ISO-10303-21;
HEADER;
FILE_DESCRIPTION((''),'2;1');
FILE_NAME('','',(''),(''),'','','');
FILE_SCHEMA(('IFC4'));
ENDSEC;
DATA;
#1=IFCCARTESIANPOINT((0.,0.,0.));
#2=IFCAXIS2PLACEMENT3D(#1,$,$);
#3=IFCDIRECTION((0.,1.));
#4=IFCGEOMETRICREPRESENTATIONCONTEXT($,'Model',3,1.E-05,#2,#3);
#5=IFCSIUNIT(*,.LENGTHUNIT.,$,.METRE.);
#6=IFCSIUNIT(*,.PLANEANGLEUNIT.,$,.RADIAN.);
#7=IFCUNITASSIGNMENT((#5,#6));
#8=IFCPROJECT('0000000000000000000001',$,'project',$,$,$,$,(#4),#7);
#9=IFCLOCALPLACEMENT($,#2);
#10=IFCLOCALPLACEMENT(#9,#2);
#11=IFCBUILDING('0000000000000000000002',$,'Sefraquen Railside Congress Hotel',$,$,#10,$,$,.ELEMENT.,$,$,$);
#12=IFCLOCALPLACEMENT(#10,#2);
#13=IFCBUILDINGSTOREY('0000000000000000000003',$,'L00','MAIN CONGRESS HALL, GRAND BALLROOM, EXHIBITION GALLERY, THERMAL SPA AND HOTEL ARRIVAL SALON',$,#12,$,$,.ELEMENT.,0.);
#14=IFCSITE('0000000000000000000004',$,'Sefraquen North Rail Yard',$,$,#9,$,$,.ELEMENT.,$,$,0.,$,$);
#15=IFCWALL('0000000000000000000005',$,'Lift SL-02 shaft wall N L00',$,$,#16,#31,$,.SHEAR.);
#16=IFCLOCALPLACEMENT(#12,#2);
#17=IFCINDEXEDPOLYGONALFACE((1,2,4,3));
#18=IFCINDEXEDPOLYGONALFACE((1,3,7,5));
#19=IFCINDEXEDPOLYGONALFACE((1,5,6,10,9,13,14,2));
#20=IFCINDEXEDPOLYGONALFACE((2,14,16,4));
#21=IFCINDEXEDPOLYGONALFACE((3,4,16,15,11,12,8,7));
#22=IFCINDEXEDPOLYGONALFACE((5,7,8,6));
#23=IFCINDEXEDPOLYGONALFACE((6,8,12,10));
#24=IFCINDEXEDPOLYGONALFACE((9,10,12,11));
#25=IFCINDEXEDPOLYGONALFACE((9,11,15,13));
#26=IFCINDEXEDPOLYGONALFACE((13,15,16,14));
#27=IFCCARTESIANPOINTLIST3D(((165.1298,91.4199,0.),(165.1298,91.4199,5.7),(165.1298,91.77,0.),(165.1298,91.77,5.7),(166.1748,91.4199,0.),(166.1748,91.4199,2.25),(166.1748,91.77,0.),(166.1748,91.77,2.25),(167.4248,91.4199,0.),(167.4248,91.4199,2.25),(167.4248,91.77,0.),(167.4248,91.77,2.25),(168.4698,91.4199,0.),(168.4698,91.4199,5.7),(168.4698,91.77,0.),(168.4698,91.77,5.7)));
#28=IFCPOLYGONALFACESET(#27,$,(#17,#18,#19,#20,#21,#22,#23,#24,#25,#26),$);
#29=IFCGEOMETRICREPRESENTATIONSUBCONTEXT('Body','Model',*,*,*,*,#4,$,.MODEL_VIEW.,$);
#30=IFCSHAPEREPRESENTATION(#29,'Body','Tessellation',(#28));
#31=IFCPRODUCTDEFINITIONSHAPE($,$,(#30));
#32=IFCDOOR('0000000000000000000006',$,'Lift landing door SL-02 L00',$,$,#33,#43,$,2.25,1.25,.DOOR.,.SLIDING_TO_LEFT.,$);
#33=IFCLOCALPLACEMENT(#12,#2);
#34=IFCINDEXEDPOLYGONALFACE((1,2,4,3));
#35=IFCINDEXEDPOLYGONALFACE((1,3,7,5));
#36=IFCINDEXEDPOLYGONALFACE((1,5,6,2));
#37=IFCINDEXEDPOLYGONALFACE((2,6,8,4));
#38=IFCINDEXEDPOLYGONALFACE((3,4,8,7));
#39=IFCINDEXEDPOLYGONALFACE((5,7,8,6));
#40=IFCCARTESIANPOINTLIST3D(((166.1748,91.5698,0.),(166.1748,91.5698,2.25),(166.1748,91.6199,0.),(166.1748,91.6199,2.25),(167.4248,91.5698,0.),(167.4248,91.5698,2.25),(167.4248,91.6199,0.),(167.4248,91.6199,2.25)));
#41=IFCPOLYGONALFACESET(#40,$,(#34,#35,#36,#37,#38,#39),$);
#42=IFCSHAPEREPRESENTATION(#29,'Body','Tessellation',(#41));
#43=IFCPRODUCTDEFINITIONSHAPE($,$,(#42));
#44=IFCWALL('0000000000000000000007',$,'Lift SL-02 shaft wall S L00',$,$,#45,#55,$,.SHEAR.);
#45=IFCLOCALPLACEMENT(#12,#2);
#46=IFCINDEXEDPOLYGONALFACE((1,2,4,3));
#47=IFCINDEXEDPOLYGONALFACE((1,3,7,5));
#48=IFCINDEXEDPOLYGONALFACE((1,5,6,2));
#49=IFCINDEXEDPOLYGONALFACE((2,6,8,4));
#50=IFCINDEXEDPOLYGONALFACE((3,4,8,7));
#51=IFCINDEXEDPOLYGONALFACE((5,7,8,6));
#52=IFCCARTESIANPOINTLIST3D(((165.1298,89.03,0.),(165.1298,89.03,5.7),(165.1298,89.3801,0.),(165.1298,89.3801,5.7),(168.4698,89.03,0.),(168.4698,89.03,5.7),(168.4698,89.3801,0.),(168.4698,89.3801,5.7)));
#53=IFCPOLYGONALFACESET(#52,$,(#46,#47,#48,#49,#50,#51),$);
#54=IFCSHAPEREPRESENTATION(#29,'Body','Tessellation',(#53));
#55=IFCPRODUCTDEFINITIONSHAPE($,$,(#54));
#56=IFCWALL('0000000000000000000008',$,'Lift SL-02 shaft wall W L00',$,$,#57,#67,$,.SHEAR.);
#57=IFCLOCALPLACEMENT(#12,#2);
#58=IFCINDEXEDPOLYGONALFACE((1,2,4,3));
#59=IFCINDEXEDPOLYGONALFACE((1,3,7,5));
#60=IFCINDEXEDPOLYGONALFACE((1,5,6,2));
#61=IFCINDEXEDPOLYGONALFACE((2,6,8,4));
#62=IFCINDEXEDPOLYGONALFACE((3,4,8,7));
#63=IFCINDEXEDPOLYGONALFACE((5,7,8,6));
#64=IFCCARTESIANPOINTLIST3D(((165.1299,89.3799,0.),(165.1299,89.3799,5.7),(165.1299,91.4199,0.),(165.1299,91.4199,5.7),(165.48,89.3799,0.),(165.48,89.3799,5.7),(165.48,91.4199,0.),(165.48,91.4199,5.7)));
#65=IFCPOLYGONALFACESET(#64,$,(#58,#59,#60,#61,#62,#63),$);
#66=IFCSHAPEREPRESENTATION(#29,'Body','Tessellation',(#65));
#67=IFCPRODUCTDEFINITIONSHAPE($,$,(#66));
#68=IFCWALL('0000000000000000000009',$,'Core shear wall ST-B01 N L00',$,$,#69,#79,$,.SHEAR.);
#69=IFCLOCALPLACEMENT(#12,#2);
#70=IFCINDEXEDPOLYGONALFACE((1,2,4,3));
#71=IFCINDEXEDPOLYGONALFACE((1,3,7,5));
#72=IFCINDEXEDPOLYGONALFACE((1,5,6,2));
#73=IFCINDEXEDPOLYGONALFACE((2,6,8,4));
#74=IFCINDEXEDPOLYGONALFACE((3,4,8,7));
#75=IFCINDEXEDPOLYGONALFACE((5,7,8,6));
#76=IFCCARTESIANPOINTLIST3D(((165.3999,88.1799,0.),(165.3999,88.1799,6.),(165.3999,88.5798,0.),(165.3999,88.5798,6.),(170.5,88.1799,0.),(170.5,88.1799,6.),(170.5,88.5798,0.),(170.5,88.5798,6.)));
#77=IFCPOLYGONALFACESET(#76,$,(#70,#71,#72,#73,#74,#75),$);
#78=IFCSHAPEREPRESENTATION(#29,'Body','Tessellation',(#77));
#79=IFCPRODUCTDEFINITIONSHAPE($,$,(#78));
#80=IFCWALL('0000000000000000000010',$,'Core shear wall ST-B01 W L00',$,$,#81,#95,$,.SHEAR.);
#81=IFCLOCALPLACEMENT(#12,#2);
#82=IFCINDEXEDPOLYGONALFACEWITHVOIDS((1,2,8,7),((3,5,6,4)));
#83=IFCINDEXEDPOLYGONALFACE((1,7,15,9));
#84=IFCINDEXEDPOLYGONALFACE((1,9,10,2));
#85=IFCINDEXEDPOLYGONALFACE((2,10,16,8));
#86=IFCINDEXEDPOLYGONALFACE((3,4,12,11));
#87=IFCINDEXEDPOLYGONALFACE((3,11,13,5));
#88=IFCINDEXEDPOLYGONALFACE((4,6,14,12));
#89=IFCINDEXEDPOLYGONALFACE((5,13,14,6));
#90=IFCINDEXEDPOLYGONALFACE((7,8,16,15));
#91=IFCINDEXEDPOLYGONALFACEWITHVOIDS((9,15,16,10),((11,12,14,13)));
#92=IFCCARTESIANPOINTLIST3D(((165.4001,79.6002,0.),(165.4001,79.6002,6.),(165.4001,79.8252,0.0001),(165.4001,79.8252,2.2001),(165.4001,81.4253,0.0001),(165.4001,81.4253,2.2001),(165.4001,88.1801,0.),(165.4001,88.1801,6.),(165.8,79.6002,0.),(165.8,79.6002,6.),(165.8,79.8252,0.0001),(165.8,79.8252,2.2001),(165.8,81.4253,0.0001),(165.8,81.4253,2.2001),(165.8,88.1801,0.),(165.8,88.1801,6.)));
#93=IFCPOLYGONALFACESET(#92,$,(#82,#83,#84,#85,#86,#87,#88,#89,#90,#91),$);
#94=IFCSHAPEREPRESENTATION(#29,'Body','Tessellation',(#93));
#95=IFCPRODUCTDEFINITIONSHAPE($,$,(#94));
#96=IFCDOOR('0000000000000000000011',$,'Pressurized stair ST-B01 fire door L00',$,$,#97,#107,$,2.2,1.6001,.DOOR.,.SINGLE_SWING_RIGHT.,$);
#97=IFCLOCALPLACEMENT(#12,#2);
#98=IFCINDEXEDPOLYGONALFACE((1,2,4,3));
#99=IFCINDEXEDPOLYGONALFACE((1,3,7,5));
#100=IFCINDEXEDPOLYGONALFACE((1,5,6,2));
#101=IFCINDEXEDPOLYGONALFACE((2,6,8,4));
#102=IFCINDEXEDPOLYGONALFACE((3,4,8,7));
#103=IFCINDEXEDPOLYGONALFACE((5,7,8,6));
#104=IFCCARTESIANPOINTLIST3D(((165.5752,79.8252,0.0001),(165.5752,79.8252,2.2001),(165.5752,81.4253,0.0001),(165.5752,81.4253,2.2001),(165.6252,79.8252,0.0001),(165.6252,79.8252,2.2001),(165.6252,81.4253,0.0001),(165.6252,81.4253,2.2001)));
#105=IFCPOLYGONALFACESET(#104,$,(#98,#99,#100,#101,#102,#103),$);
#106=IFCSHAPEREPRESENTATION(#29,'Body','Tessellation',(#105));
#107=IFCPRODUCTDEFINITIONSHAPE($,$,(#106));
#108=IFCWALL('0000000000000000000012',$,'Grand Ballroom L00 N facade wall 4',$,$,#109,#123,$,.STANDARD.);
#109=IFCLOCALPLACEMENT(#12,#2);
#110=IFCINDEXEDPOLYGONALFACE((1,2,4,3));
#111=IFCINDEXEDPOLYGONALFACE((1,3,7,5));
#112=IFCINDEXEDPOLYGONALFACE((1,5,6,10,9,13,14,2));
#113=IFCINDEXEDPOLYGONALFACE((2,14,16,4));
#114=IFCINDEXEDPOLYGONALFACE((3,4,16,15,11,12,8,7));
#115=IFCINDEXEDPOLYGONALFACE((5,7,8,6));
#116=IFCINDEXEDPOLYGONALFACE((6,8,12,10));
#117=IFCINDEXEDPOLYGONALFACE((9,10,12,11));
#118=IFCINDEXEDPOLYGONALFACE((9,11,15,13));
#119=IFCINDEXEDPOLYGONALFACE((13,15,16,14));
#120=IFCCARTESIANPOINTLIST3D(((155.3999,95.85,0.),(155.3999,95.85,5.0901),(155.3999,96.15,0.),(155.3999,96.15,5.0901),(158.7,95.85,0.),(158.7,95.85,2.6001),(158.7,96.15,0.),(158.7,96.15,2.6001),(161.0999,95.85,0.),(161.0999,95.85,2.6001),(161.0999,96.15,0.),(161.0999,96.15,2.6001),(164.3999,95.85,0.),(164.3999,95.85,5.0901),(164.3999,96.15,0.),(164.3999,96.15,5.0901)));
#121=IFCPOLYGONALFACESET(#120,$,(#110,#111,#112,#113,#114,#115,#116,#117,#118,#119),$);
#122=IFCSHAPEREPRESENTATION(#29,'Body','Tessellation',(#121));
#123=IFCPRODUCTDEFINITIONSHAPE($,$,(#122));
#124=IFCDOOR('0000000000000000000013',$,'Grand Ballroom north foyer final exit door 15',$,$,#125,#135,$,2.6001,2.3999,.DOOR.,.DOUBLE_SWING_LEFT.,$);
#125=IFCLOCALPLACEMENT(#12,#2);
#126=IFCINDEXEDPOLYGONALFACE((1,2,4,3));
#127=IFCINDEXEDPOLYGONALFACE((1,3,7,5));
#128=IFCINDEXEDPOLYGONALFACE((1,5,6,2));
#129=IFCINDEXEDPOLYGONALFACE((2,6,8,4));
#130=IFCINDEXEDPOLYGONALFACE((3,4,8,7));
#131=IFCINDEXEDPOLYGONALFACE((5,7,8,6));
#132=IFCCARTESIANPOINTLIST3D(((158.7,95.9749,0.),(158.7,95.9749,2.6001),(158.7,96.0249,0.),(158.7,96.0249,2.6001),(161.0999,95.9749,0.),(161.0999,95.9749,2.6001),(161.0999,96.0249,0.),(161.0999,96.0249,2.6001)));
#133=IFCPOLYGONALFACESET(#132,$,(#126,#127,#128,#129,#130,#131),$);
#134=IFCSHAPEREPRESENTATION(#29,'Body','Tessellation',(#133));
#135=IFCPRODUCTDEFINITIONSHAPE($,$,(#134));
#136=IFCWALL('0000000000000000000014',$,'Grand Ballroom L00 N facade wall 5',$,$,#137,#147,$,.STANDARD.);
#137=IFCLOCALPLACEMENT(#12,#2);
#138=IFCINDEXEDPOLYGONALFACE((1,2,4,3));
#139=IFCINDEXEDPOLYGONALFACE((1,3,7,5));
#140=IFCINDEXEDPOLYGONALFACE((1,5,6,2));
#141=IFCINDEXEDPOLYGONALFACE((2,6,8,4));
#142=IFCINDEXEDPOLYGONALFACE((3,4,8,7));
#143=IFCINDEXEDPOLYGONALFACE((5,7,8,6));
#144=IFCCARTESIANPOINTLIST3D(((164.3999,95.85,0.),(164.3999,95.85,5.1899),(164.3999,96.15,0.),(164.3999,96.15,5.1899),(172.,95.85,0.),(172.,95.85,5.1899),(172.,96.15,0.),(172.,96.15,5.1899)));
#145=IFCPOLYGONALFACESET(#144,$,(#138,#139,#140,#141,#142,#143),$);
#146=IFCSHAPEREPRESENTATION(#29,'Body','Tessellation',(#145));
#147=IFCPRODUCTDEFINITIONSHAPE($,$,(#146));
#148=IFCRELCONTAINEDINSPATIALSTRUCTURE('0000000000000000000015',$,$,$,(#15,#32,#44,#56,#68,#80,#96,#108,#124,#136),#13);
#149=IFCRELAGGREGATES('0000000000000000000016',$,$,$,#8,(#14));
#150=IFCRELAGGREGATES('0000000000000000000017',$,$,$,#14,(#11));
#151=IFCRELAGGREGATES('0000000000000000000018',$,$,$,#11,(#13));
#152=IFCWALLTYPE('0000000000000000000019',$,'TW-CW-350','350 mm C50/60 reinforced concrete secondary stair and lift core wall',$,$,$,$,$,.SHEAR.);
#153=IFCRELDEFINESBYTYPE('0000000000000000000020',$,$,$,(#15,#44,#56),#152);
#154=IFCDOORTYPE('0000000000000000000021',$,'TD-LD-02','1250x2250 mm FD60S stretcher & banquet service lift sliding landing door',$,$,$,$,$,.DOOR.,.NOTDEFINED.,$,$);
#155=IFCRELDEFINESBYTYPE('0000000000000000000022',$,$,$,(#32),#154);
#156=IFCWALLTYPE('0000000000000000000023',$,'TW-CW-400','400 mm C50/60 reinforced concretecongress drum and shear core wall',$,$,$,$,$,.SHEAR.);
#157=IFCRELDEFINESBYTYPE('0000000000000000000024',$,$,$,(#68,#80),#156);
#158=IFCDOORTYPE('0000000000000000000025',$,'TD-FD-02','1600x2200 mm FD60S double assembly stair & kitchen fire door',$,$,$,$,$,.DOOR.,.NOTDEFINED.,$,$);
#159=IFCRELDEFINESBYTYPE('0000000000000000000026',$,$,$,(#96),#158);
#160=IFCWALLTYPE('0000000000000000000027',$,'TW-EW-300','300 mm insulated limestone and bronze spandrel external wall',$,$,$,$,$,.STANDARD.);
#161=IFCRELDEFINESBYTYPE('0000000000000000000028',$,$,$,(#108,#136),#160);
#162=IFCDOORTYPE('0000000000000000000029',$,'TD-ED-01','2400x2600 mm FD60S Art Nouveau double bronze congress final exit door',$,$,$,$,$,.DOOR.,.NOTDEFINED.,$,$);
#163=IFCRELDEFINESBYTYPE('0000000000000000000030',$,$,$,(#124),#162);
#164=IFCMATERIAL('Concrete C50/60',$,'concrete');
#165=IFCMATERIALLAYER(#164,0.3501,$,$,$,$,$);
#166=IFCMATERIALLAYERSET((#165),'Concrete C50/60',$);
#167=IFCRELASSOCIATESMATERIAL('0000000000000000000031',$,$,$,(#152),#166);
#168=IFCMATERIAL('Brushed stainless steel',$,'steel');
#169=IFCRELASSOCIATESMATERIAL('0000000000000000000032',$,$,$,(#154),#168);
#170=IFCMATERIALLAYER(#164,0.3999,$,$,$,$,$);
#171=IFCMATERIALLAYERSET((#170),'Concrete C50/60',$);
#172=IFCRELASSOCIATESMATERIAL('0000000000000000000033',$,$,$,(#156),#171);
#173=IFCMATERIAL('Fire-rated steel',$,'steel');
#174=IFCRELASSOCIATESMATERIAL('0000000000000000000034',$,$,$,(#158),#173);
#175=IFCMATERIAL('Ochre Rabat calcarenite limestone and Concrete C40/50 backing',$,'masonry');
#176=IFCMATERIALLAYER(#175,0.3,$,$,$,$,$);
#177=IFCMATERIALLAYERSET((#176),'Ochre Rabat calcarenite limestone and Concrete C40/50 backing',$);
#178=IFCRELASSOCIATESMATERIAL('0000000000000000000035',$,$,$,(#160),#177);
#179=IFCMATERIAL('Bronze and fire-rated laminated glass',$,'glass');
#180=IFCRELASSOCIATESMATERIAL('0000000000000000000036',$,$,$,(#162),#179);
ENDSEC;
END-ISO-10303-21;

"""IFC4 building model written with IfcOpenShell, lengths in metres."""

from ifc_helpers import new_model, si_unit, direction, frame, frame_2d, origin, place, context, subcontext, project, spatial, rectangle, extrude, material, layer, layer_set, type_object, element, fill, save


model = new_model("IFC4")

# Units and contexts
model_context = context("Model", 3, precision=1e-05, world=origin(), true_north=direction((0.0, 1.0)))
body_context = subcontext(model_context, "Body", "Model", "MODEL_VIEW")
ifc_project = project(units=[si_unit("LENGTHUNIT", "METRE"), si_unit("PLANEANGLEUNIT", "RADIAN")], contexts=[model_context])

# Site, building, storey
site_placement = place(None, origin())
site = spatial("IfcSite", under=ifc_project, at=site_placement, Name="Sefraquen North Rail Yard", CompositionType="ELEMENT", RefElevation=0.0)
building_placement = place(site_placement, origin())
building = spatial("IfcBuilding", under=site, at=building_placement, Name="Sefraquen Railside Congress Hotel", CompositionType="ELEMENT")
storey_placement = place(building_placement, origin())
storey = spatial("IfcBuildingStorey", under=building, at=storey_placement, Name="L00", Description="MAIN CONGRESS HALL, GRAND BALLROOM, EXHIBITION GALLERY, THERMAL SPA AND HOTEL ARRIVAL SALON", CompositionType="ELEMENT", Elevation=0.0)

# Wall, opening, door
ifc_material_1 = material(Name="Concrete C50/60", Category="concrete")
ifc_layer_1 = layer(ifc_material_1, 0.3501)
ifc_layer_set_1 = layer_set([ifc_layer_1], Name="Concrete C50/60")
wall_type_1 = type_object("IfcWallType", Name="TW-CW-350", Description="350 mm C50/60 reinforced concrete secondary stair and lift core wall", PredefinedType="SHEAR", material=ifc_layer_set_1)
wall_1_placement = place(storey_placement, frame((165.1299, 91.595, 0.0), z_axis=(0.0, 0.0, 1.0), x_axis=(1.0, 0.0, 0.0)))
wall_1 = element("IfcWall", 1, at=wall_1_placement, inside=storey, type_object=wall_type_1, Name="Lift SL-02 shaft wall N L00", PredefinedType="SHEAR", context=body_context, shape_type="SweptSolid", body=[
    extrude(rectangle(XDim=3.3401, YDim=0.3501, at=frame_2d((1.6699, 0.0))), origin(), (0.0, 0.0, 1.0), 5.7),
])
opening_1_placement = place(wall_1_placement, frame((1.0449, 0.0, 0.0)))
opening_1 = element("IfcOpeningElement", 2, at=opening_1_placement, cuts=wall_1, PredefinedType="OPENING", context=body_context, shape_type="SweptSolid", body=[
    extrude(rectangle(XDim=1.25, YDim=2.25, at=frame_2d((0.625, 1.125))), frame((0.0, 0.1851, 0.0), z_axis=(0.0, -1.0, 0.0), x_axis=(1.0, 0.0, 0.0)), (0.0, 0.0, 1.0), 0.3701),
])
ifc_material_2 = material(Name="Brushed stainless steel", Category="steel")
door_type_1 = type_object("IfcDoorType", Name="TD-LD-02", Description="1250x2250 mm FD60S stretcher & banquet service lift sliding landing door", OperationType="NOTDEFINED", PredefinedType="DOOR", material=ifc_material_2)
door_1_placement = place(opening_1_placement, origin())
door_1 = element("IfcDoor", 3, at=door_1_placement, inside=storey, type_object=door_type_1, Name="Lift landing door SL-02 L00", OperationType="SLIDING_TO_LEFT", OverallHeight=2.25, OverallWidth=1.25, PredefinedType="DOOR", context=body_context, shape_type="SweptSolid", body=[
    extrude(rectangle(XDim=1.25, YDim=2.25, at=frame_2d((0.625, 1.125))), frame((0.0, 0.0249, 0.0), z_axis=(0.0, -1.0, 0.0), x_axis=(1.0, 0.0, 0.0)), (0.0, 0.0, 1.0), 0.05),
])
fill(opening_1, door_1)

# Walls
wall_2_placement = place(storey_placement, frame((165.1299, 89.2051, 0.0), z_axis=(0.0, 0.0, 1.0), x_axis=(1.0, 0.0, 0.0)))
element("IfcWall", 4, at=wall_2_placement, inside=storey, type_object=wall_type_1, Name="Lift SL-02 shaft wall S L00", PredefinedType="SHEAR", context=body_context, shape_type="SweptSolid", body=[
    extrude(rectangle(XDim=3.3401, YDim=0.3501, at=frame_2d((1.6699, 0.0))), origin(), (0.0, 0.0, 1.0), 5.7),
])
wall_3_placement = place(storey_placement, frame((165.3049, 89.3799, 0.0), z_axis=(0.0, 0.0, 1.0), x_axis=(0.0, 1.0, 0.0)))
element("IfcWall", 5, at=wall_3_placement, inside=storey, type_object=wall_type_1, Name="Lift SL-02 shaft wall W L00", PredefinedType="SHEAR", context=body_context, shape_type="SweptSolid", body=[
    extrude(rectangle(XDim=2.04, YDim=0.3501, at=frame_2d((1.02, 0.0))), origin(), (0.0, 0.0, 1.0), 5.7),
])
ifc_layer_2 = layer(ifc_material_1, 0.3999)
ifc_layer_set_2 = layer_set([ifc_layer_2], Name="Concrete C50/60")
wall_type_2 = type_object("IfcWallType", Name="TW-CW-400", Description="400 mm C50/60 reinforced concretecongress drum and shear core wall", PredefinedType="SHEAR", material=ifc_layer_set_2)
wall_4_placement = place(storey_placement, frame((165.3999, 88.3799, 0.0), z_axis=(0.0, 0.0, 1.0), x_axis=(1.0, 0.0, 0.0)))
element("IfcWall", 6, at=wall_4_placement, inside=storey, type_object=wall_type_2, Name="Core shear wall ST-B01 N L00", PredefinedType="SHEAR", context=body_context, shape_type="SweptSolid", body=[
    extrude(rectangle(XDim=5.1001, YDim=0.3999, at=frame_2d((2.55, 0.0))), origin(), (0.0, 0.0, 1.0), 6.0),
])

# Walls, openings, doors
wall_5_placement = place(storey_placement, frame((165.6001, 79.6001, 0.0), z_axis=(0.0, 0.0, 1.0), x_axis=(0.0, 1.0, 0.0)))
wall_5 = element("IfcWall", 7, at=wall_5_placement, inside=storey, type_object=wall_type_2, Name="Core shear wall ST-B01 W L00", PredefinedType="SHEAR", context=body_context, shape_type="SweptSolid", body=[
    extrude(rectangle(XDim=8.5798, YDim=0.3999, at=frame_2d((4.29, 0.0))), origin(), (0.0, 0.0, 1.0), 6.0),
])
opening_2_placement = place(wall_5_placement, frame((0.2251, 0.0, 0.0)))
opening_2 = element("IfcOpeningElement", 8, at=opening_2_placement, cuts=wall_5, PredefinedType="OPENING", context=body_context, shape_type="SweptSolid", body=[
    extrude(rectangle(XDim=1.6001, YDim=2.2, at=frame_2d((0.8, 1.1001))), frame((0.0, 0.21, 0.0), z_axis=(0.0, -1.0, 0.0), x_axis=(1.0, 0.0, 0.0)), (0.0, 0.0, 1.0), 0.4199),
])
ifc_material_3 = material(Name="Fire-rated steel", Category="steel")
door_type_2 = type_object("IfcDoorType", Name="TD-FD-02", Description="1600x2200 mm FD60S double assembly stair & kitchen fire door", OperationType="NOTDEFINED", PredefinedType="DOOR", material=ifc_material_3)
door_2_placement = place(opening_2_placement, origin())
door_2 = element("IfcDoor", 9, at=door_2_placement, inside=storey, type_object=door_type_2, Name="Pressurized stair ST-B01 fire door L00", OperationType="SINGLE_SWING_RIGHT", OverallHeight=2.2, OverallWidth=1.6001, PredefinedType="DOOR", context=body_context, shape_type="SweptSolid", body=[
    extrude(rectangle(XDim=1.6001, YDim=2.2, at=frame_2d((0.8, 1.1001))), frame((0.0, 0.0249, 0.0), z_axis=(0.0, -1.0, 0.0), x_axis=(1.0, 0.0, 0.0)), (0.0, 0.0, 1.0), 0.05),
])
fill(opening_2, door_2)
ifc_material_4 = material(Name="Ochre Rabat calcarenite limestone and Concrete C40/50 backing", Category="masonry")
ifc_layer_3 = layer(ifc_material_4, 0.3)
ifc_layer_set_3 = layer_set([ifc_layer_3], Name="Ochre Rabat calcarenite limestone and Concrete C40/50 backing")
wall_type_3 = type_object("IfcWallType", Name="TW-EW-300", Description="300 mm insulated limestone and bronze spandrel external wall", PredefinedType="STANDARD", material=ifc_layer_set_3)
wall_6_placement = place(storey_placement, frame((155.3999, 96.0, 0.0), z_axis=(0.0, 0.0, 1.0), x_axis=(1.0, 0.0, 0.0)))
wall_6 = element("IfcWall", 10, at=wall_6_placement, inside=storey, type_object=wall_type_3, Name="Grand Ballroom L00 N facade wall 4", PredefinedType="STANDARD", context=body_context, shape_type="SweptSolid", body=[
    extrude(rectangle(XDim=9.0, YDim=0.3, at=frame_2d((4.5, 0.0))), origin(), (0.0, 0.0, 1.0), 5.0901),
])
opening_3_placement = place(wall_6_placement, frame((3.3, 0.0, 0.0)))
opening_3 = element("IfcOpeningElement", 11, at=opening_3_placement, cuts=wall_6, PredefinedType="OPENING", context=body_context, shape_type="SweptSolid", body=[
    extrude(rectangle(XDim=2.3999, YDim=2.6001, at=frame_2d((1.2, 1.3))), frame((0.0, 0.1599, 0.0), z_axis=(0.0, -1.0, 0.0), x_axis=(1.0, 0.0, 0.0)), (0.0, 0.0, 1.0), 0.3201),
])
ifc_material_5 = material(Name="Bronze and fire-rated laminated glass", Category="glass")
door_type_3 = type_object("IfcDoorType", Name="TD-ED-01", Description="2400x2600 mm FD60S Art Nouveau double bronze congress final exit door", OperationType="NOTDEFINED", PredefinedType="DOOR", material=ifc_material_5)
door_3_placement = place(opening_3_placement, origin())
door_3 = element("IfcDoor", 12, at=door_3_placement, inside=storey, type_object=door_type_3, Name="Grand Ballroom north foyer final exit door 15", OperationType="DOUBLE_SWING_LEFT", OverallHeight=2.6001, OverallWidth=2.3999, PredefinedType="DOOR", context=body_context, shape_type="SweptSolid", body=[
    extrude(rectangle(XDim=2.3999, YDim=2.6001, at=frame_2d((1.2, 1.3))), frame((0.0, 0.0249, 0.0), z_axis=(0.0, -1.0, 0.0), x_axis=(1.0, 0.0, 0.0)), (0.0, 0.0, 1.0), 0.05),
])
fill(opening_3, door_3)

# Wall
wall_7_placement = place(storey_placement, frame((164.3999, 96.0, 0.0), z_axis=(0.0, 0.0, 1.0), x_axis=(1.0, 0.0, 0.0)))
element("IfcWall", 13, at=wall_7_placement, inside=storey, type_object=wall_type_3, Name="Grand Ballroom L00 N facade wall 5", PredefinedType="STANDARD", context=body_context, shape_type="SweptSolid", body=[
    extrude(rectangle(XDim=7.6001, YDim=0.3, at=frame_2d((3.8, 0.0))), origin(), (0.0, 0.0, 1.0), 5.1899),
])

save(model, "model.ifc")
